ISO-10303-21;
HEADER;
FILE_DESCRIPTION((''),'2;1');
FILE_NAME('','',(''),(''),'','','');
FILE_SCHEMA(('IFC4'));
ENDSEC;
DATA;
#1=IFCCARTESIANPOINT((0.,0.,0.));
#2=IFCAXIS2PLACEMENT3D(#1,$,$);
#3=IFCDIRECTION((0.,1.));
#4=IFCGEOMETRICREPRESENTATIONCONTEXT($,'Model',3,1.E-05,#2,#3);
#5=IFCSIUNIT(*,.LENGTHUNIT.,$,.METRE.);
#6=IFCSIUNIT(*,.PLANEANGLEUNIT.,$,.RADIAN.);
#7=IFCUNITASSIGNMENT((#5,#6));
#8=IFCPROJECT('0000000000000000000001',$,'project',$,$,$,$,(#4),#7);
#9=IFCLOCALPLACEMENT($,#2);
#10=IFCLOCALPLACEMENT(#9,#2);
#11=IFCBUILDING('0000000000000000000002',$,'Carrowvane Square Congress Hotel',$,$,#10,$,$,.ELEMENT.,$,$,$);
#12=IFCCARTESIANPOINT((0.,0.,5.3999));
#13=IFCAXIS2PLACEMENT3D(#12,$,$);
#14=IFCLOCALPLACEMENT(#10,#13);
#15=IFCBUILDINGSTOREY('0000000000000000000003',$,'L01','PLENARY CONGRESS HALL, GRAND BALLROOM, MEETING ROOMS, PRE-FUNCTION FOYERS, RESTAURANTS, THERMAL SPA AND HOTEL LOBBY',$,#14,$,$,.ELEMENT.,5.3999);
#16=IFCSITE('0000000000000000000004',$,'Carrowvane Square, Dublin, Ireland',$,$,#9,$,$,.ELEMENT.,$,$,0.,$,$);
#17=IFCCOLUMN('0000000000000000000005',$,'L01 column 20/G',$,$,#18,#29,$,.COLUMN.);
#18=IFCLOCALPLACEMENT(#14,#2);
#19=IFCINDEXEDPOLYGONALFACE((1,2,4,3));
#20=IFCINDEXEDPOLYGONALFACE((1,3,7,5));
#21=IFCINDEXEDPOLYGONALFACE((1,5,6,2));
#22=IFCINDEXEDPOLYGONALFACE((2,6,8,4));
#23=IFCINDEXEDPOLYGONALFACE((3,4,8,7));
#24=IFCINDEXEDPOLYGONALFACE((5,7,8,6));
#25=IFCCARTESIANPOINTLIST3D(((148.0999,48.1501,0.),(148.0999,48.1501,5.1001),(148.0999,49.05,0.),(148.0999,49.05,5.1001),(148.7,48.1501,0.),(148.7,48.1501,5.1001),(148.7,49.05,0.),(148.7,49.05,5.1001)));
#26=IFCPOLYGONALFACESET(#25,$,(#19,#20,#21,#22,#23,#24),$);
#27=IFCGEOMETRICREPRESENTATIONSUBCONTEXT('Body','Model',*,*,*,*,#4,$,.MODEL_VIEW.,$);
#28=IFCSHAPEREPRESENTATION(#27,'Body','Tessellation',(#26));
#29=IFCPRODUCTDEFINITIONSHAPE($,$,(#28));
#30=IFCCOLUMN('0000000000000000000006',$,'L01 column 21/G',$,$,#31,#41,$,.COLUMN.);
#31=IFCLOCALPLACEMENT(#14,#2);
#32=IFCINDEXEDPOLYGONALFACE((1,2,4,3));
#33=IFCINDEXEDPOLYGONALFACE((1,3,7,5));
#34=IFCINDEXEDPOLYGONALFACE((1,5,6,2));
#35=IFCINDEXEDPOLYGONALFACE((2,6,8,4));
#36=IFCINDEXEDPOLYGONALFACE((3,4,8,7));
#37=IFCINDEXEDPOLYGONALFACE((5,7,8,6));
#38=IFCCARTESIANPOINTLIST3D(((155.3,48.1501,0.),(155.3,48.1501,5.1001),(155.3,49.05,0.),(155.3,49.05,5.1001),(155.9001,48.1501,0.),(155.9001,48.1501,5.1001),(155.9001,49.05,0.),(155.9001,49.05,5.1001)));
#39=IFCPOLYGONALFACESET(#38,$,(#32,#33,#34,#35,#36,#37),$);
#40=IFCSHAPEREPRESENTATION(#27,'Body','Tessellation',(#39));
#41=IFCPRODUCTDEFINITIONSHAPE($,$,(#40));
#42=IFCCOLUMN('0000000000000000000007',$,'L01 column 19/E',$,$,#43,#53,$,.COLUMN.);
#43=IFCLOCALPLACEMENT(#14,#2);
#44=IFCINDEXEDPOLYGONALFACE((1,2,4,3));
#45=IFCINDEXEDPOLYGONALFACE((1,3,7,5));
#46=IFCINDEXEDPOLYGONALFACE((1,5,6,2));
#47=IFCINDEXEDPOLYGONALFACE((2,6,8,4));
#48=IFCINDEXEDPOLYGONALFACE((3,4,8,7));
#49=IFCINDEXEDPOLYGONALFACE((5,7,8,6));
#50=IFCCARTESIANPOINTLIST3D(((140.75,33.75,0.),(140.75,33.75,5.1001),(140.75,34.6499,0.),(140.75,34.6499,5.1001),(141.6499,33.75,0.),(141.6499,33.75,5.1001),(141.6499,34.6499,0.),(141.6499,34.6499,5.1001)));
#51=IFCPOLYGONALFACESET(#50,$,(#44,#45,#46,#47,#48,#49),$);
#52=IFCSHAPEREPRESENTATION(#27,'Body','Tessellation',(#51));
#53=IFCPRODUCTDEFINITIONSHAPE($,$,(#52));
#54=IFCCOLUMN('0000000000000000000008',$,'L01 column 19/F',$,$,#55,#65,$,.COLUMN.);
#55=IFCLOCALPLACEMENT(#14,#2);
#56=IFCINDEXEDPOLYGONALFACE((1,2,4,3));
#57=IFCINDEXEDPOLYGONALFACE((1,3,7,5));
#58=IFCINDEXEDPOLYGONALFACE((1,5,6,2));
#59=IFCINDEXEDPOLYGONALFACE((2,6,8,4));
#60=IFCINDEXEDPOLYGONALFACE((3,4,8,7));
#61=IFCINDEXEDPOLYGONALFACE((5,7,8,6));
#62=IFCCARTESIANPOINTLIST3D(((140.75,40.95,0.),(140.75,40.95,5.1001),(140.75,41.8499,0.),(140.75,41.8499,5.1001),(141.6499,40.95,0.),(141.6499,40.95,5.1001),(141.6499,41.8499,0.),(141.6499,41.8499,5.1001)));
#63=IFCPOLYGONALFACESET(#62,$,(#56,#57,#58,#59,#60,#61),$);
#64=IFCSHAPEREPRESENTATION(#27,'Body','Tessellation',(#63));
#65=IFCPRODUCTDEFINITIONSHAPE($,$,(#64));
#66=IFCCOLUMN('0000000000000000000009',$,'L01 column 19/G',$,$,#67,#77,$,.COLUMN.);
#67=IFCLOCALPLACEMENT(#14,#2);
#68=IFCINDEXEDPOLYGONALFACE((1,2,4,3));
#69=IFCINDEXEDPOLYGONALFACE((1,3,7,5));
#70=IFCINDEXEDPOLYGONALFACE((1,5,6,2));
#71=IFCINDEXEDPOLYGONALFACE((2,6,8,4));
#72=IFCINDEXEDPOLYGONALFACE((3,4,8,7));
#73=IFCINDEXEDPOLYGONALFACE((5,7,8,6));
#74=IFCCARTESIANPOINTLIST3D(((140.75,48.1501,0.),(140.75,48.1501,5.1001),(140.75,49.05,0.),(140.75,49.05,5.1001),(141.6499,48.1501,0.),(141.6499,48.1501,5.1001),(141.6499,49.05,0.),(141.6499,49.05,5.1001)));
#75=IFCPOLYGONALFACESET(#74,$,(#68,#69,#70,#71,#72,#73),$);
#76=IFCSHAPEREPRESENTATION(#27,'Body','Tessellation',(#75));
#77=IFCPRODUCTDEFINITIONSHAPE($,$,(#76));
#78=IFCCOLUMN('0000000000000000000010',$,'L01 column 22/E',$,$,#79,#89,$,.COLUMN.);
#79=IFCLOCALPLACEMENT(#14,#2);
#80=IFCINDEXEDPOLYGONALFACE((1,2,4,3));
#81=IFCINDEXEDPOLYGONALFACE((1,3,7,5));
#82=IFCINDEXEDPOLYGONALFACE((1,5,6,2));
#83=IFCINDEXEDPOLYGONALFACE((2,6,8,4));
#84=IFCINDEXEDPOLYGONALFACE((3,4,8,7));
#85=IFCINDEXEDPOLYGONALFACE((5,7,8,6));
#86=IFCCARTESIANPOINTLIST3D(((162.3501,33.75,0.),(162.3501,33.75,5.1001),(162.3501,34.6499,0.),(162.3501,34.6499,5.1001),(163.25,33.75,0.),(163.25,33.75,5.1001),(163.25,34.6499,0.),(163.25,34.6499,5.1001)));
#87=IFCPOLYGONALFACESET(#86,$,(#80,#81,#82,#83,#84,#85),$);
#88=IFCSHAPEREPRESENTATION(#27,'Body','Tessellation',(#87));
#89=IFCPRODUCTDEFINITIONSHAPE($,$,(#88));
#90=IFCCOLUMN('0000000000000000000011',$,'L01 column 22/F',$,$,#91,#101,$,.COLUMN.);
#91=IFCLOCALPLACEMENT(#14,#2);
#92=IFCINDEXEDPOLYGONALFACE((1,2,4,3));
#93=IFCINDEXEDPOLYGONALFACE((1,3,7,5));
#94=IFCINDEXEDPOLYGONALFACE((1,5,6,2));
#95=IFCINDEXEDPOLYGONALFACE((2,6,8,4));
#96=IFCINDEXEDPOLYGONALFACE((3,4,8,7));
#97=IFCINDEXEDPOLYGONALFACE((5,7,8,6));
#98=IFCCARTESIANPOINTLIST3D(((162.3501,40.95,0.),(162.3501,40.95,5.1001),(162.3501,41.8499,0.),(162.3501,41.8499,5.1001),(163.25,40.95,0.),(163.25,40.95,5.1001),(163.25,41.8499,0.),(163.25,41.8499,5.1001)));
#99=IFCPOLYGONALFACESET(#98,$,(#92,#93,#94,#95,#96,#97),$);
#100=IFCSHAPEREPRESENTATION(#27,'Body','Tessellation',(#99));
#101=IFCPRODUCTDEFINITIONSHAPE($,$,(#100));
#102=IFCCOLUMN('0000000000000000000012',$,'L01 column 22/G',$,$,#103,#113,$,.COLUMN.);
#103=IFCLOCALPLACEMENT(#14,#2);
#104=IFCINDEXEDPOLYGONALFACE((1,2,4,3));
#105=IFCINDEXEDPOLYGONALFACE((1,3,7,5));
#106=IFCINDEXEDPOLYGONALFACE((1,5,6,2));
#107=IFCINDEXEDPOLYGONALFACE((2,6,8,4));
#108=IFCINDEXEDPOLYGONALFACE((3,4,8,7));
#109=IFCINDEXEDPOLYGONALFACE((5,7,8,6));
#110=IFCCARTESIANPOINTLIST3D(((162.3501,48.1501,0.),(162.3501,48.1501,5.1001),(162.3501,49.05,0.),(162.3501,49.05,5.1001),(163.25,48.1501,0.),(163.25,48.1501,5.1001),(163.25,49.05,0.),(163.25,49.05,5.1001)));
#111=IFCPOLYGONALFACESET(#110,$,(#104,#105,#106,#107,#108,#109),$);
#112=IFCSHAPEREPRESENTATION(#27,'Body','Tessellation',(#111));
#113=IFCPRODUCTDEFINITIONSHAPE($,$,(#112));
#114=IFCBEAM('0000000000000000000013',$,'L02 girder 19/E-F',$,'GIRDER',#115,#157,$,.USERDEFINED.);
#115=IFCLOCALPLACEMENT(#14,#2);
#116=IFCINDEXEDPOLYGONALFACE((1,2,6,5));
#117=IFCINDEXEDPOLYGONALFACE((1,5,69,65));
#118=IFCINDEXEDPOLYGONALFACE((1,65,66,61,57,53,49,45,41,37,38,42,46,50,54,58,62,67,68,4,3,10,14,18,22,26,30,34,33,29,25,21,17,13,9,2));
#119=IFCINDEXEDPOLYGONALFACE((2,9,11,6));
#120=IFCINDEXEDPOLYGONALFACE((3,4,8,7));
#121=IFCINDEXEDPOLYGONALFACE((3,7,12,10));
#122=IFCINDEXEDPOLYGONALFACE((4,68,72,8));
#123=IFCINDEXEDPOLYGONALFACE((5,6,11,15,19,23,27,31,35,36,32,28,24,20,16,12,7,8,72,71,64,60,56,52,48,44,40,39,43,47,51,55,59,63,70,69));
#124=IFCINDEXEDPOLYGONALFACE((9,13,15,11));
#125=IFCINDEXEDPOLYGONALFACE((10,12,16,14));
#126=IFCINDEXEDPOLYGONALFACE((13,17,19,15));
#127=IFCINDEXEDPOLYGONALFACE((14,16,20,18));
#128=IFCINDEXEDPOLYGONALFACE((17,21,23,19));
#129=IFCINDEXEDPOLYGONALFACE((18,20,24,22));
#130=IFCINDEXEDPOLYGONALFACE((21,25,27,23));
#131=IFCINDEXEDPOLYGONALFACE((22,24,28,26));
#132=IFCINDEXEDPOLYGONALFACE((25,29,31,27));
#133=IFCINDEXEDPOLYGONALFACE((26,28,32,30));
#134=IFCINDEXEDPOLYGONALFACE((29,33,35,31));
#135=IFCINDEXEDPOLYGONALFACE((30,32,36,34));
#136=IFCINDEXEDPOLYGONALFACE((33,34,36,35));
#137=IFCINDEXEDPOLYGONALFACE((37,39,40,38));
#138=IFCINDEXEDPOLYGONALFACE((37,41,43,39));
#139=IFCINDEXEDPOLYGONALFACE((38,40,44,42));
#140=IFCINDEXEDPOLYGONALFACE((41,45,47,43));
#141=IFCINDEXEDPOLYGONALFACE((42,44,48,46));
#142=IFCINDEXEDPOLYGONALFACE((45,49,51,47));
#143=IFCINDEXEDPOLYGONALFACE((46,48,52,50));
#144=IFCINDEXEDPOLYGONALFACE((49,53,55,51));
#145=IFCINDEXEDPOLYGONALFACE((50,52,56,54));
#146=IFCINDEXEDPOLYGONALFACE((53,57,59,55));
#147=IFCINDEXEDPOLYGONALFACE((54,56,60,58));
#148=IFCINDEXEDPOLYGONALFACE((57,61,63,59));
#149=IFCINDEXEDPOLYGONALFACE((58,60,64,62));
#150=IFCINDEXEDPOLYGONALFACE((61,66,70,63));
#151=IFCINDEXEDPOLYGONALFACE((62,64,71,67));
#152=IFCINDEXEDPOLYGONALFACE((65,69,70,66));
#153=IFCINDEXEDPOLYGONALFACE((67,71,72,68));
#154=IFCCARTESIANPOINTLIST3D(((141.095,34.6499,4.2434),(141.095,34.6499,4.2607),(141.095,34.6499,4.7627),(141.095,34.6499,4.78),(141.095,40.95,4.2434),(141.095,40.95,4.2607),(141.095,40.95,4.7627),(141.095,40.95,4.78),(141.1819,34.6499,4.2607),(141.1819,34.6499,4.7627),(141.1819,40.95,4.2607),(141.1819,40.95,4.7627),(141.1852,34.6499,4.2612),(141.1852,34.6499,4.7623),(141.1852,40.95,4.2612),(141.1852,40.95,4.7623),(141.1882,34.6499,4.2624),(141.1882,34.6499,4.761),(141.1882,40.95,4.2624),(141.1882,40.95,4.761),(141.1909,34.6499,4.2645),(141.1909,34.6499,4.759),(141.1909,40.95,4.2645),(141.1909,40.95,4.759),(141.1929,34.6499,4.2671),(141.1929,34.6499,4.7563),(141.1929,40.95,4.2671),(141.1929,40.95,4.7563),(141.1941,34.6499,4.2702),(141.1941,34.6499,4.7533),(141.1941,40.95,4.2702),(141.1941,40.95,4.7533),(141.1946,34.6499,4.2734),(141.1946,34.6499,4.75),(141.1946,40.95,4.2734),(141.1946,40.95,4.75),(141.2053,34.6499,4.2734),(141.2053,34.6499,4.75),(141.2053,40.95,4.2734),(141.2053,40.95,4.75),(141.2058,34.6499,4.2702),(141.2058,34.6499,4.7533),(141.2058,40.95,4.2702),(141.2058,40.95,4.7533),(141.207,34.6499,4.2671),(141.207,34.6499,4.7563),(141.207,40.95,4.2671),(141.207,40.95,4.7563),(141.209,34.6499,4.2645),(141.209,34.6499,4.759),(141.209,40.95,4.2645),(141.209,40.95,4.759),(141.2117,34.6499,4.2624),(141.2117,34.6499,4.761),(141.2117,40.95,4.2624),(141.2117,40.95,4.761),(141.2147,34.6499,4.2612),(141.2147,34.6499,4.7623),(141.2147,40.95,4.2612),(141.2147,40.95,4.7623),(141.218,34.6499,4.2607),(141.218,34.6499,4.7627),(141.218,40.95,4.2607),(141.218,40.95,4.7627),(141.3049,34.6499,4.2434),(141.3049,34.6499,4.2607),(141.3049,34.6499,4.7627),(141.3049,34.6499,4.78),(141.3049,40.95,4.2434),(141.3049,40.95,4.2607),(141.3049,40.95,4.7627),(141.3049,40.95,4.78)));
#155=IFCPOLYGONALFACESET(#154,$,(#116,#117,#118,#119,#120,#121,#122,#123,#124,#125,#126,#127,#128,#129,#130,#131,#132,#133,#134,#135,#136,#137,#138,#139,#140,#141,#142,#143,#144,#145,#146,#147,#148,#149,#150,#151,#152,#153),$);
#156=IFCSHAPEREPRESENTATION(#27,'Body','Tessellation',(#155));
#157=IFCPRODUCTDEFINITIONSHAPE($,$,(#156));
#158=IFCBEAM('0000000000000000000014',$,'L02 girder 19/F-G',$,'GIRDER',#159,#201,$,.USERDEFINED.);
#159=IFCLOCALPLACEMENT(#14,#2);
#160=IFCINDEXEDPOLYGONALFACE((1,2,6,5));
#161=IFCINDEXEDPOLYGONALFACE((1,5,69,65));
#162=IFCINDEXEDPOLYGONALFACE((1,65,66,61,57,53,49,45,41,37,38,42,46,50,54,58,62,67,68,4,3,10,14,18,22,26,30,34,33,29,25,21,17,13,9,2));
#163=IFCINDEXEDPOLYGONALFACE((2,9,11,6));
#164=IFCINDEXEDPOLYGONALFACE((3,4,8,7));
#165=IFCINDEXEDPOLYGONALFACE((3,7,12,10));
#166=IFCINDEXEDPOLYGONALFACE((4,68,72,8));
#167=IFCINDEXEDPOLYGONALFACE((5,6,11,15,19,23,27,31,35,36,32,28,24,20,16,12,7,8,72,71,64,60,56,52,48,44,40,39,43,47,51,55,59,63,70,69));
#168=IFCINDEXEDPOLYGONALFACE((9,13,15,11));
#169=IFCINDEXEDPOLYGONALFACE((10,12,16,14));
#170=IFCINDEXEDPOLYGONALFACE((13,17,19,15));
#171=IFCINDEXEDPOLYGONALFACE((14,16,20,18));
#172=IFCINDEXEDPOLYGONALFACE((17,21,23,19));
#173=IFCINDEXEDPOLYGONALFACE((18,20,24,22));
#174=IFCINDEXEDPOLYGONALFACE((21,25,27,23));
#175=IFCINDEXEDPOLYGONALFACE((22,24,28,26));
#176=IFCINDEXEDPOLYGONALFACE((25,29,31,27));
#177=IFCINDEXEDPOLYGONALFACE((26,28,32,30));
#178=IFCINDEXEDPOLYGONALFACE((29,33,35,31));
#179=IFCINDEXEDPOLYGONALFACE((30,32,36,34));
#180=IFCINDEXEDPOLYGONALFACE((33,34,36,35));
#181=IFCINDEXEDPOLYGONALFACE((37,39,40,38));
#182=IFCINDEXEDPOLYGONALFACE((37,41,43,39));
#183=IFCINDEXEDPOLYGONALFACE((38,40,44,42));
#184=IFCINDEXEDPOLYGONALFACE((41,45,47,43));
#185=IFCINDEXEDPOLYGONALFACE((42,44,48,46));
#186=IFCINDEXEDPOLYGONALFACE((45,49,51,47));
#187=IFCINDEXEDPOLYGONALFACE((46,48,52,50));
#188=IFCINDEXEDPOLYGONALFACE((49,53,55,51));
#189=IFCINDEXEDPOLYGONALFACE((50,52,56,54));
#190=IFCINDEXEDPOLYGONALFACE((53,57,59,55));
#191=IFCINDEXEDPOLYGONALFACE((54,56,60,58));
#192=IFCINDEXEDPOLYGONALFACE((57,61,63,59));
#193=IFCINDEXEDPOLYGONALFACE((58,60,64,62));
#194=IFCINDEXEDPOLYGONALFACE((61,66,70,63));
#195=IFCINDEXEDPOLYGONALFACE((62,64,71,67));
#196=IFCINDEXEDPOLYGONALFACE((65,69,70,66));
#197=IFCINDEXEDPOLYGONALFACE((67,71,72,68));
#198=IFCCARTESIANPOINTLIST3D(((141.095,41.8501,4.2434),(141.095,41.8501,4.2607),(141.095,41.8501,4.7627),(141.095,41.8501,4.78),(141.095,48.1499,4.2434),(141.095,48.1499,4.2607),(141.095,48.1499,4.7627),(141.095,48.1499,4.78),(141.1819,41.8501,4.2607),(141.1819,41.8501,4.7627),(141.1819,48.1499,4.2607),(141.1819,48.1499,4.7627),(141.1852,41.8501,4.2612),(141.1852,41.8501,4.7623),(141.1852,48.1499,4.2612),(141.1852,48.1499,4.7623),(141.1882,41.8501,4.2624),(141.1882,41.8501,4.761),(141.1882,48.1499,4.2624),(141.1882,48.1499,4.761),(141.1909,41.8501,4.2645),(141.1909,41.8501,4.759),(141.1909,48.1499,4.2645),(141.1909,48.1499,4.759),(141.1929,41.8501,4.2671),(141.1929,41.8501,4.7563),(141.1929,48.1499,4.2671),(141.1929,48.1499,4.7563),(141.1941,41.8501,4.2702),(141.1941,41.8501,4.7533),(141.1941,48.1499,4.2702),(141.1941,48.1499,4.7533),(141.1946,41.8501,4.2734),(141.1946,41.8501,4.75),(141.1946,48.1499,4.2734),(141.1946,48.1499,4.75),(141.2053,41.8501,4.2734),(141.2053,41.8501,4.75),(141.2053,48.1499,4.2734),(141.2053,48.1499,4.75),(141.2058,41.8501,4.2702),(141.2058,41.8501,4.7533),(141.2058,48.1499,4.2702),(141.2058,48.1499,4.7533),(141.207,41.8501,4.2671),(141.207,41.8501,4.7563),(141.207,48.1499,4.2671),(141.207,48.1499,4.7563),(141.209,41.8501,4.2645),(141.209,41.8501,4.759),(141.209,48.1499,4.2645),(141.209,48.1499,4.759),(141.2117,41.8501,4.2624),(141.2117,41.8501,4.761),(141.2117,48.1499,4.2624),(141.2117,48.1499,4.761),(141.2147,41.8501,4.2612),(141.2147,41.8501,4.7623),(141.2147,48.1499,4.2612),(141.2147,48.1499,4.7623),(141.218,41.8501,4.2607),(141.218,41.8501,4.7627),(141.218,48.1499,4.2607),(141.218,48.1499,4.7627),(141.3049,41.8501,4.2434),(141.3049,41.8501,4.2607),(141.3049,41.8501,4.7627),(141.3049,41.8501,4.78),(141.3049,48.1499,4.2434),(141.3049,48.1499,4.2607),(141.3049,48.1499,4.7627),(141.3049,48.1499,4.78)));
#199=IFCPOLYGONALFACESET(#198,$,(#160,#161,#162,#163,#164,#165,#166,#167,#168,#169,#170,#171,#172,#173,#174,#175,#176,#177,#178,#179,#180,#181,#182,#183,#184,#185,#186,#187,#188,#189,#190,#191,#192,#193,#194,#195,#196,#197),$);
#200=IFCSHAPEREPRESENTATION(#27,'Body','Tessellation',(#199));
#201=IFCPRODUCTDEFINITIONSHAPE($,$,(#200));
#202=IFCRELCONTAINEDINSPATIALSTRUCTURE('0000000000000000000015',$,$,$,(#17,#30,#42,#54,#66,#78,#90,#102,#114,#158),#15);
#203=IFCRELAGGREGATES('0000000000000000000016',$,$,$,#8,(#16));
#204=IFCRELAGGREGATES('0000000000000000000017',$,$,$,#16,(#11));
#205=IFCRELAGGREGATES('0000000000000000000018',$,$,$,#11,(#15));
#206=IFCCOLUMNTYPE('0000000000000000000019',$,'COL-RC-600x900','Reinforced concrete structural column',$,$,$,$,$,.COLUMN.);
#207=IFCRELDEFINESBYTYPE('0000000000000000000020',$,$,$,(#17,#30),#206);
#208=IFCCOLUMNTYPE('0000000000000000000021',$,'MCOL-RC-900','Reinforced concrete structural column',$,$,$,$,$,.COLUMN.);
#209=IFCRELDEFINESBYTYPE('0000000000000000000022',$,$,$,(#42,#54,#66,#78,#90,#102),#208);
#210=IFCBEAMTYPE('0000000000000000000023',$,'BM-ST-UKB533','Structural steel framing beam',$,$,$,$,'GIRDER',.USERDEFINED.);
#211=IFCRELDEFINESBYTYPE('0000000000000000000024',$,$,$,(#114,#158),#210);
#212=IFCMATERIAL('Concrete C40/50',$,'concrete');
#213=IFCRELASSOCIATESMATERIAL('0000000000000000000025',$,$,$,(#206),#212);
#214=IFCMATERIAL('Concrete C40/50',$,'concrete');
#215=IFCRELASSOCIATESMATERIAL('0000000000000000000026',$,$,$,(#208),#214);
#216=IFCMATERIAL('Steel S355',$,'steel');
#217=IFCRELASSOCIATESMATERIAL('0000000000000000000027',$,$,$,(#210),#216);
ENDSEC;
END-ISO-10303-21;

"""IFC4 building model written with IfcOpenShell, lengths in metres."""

from ifc_helpers import new_model, si_unit, direction, frame, origin, origin_2d, place, context, subcontext, project, spatial, rectangle, i_section, extrude, material, material_profile, profile_set, type_object, element, save


model = new_model("IFC4")

# Units and contexts
model_context = context("Model", 3, precision=1e-05, world=origin(), true_north=direction((0.0, 1.0)))
body_context = subcontext(model_context, "Body", "Model", "MODEL_VIEW")
ifc_project = project(units=[si_unit("LENGTHUNIT", "METRE"), si_unit("PLANEANGLEUNIT", "RADIAN")], contexts=[model_context])

# Site, building, storey
site_placement = place(None, origin())
site = spatial("IfcSite", under=ifc_project, at=site_placement, Name="Carrowvane Square, Dublin, Ireland", CompositionType="ELEMENT", RefElevation=0.0)
building_placement = place(site_placement, origin())
building = spatial("IfcBuilding", under=site, at=building_placement, Name="Carrowvane Square Congress Hotel", CompositionType="ELEMENT")
storey_placement = place(building_placement, frame((0.0, 0.0, 5.3999)))
storey = spatial("IfcBuildingStorey", under=building, at=storey_placement, Name="L01", Description="PLENARY CONGRESS HALL, GRAND BALLROOM, MEETING ROOMS, PRE-FUNCTION FOYERS, RESTAURANTS, THERMAL SPA AND HOTEL LOBBY", CompositionType="ELEMENT", Elevation=5.3999)

# Columns
ifc_material_1 = material(Name="Concrete C40/50", Category="concrete")
ifc_material_profile_1 = material_profile(ifc_material_1, rectangle(XDim=0.6001, YDim=0.8999, at=origin_2d()), Name="RC 600x900")
ifc_profile_set_1 = profile_set([ifc_material_profile_1], Name="Concrete C40/50")
column_type_1 = type_object("IfcColumnType", Name="COL-RC-600x900", Description="Reinforced concrete structural column", PredefinedType="COLUMN", material=ifc_profile_set_1)
for number, where, z_axis, x_axis, name in (
    (1, (148.3999, 48.6001, 0.0), (0.0, 0.0, 1.0), (1.0, 0.0, 0.0), "L01 column 20/G"),
    (2, (155.6001, 48.6001, 0.0), (0.0, 0.0, 1.0), (1.0, 0.0, 0.0), "L01 column 21/G"),
):
    element("IfcColumn", number, at=place(storey_placement, frame(where, z_axis=z_axis, x_axis=x_axis)), inside=storey, type_object=column_type_1, Name=name, PredefinedType="COLUMN", context=body_context, shape_type="SweptSolid", body=[
        extrude(rectangle(XDim=0.6001, YDim=0.8999, at=origin_2d()), origin(), (0.0, 0.0, 1.0), 5.1001),
    ])
ifc_material_2 = material(Name="Concrete C40/50", Category="concrete")
ifc_material_profile_2 = material_profile(ifc_material_2, rectangle(XDim=0.8999, YDim=0.8999, at=origin_2d()), Name="RC 900x900")
ifc_profile_set_2 = profile_set([ifc_material_profile_2], Name="Concrete C40/50")
column_type_2 = type_object("IfcColumnType", Name="MCOL-RC-900", Description="Reinforced concrete structural column", PredefinedType="COLUMN", material=ifc_profile_set_2)
for number, where, z_axis, x_axis, name in (
    (3, (141.2, 34.2, 0.0), (0.0, 0.0, 1.0), (1.0, 0.0, 0.0), "L01 column 19/E"),
    (4, (141.2, 41.3999, 0.0), (0.0, 0.0, 1.0), (1.0, 0.0, 0.0), "L01 column 19/F"),
    (5, (141.2, 48.6001, 0.0), (0.0, 0.0, 1.0), (1.0, 0.0, 0.0), "L01 column 19/G"),
    (6, (162.8, 34.2, 0.0), (0.0, 0.0, 1.0), (1.0, 0.0, 0.0), "L01 column 22/E"),
    (7, (162.8, 41.3999, 0.0), (0.0, 0.0, 1.0), (1.0, 0.0, 0.0), "L01 column 22/F"),
    (8, (162.8, 48.6001, 0.0), (0.0, 0.0, 1.0), (1.0, 0.0, 0.0), "L01 column 22/G"),
):
    element("IfcColumn", number, at=place(storey_placement, frame(where, z_axis=z_axis, x_axis=x_axis)), inside=storey, type_object=column_type_2, Name=name, PredefinedType="COLUMN", context=body_context, shape_type="SweptSolid", body=[
        extrude(rectangle(XDim=0.8999, YDim=0.8999, at=origin_2d()), origin(), (0.0, 0.0, 1.0), 5.1001),
    ])

# Beams
ifc_material_3 = material(Name="Steel S355", Category="steel")
ifc_material_profile_3 = material_profile(ifc_material_3, i_section(OverallWidth=0.21, OverallDepth=0.5366, WebThickness=0.0107, FlangeThickness=0.0173, FilletRadius=0.0127, at=origin_2d()), Name="UKB 533x210x101")
ifc_profile_set_3 = profile_set([ifc_material_profile_3], Name="Steel S355")
beam_type_1 = type_object("IfcBeamType", Name="BM-ST-UKB533", Description="Structural steel framing beam", ElementType="GIRDER", PredefinedType="USERDEFINED", material=ifc_profile_set_3)
beam_1_placement = place(storey_placement, frame((141.2, 34.6499, 4.5117), z_axis=(0.0, 1.0, 0.0), x_axis=(-1.0, 0.0, 0.0)))
element("IfcBeam", 9, at=beam_1_placement, inside=storey, type_object=beam_type_1, Name="L02 girder 19/E-F", ObjectType="GIRDER", PredefinedType="USERDEFINED", context=body_context, shape_type="SweptSolid", body=[
    extrude(i_section(OverallWidth=0.21, OverallDepth=0.5366, WebThickness=0.0107, FlangeThickness=0.0173, FilletRadius=0.0127, at=origin_2d()), origin(), (0.0, 0.0, 1.0), 6.3),
])
beam_2_placement = place(storey_placement, frame((141.2, 41.8501, 4.5117), z_axis=(0.0, 1.0, 0.0), x_axis=(-1.0, 0.0, 0.0)))
element("IfcBeam", 10, at=beam_2_placement, inside=storey, type_object=beam_type_1, Name="L02 girder 19/F-G", ObjectType="GIRDER", PredefinedType="USERDEFINED", context=body_context, shape_type="SweptSolid", body=[
    extrude(i_section(OverallWidth=0.21, OverallDepth=0.5366, WebThickness=0.0107, FlangeThickness=0.0173, FilletRadius=0.0127, at=origin_2d()), origin(), (0.0, 0.0, 1.0), 6.2998),
])

save(model, "model.ifc")
